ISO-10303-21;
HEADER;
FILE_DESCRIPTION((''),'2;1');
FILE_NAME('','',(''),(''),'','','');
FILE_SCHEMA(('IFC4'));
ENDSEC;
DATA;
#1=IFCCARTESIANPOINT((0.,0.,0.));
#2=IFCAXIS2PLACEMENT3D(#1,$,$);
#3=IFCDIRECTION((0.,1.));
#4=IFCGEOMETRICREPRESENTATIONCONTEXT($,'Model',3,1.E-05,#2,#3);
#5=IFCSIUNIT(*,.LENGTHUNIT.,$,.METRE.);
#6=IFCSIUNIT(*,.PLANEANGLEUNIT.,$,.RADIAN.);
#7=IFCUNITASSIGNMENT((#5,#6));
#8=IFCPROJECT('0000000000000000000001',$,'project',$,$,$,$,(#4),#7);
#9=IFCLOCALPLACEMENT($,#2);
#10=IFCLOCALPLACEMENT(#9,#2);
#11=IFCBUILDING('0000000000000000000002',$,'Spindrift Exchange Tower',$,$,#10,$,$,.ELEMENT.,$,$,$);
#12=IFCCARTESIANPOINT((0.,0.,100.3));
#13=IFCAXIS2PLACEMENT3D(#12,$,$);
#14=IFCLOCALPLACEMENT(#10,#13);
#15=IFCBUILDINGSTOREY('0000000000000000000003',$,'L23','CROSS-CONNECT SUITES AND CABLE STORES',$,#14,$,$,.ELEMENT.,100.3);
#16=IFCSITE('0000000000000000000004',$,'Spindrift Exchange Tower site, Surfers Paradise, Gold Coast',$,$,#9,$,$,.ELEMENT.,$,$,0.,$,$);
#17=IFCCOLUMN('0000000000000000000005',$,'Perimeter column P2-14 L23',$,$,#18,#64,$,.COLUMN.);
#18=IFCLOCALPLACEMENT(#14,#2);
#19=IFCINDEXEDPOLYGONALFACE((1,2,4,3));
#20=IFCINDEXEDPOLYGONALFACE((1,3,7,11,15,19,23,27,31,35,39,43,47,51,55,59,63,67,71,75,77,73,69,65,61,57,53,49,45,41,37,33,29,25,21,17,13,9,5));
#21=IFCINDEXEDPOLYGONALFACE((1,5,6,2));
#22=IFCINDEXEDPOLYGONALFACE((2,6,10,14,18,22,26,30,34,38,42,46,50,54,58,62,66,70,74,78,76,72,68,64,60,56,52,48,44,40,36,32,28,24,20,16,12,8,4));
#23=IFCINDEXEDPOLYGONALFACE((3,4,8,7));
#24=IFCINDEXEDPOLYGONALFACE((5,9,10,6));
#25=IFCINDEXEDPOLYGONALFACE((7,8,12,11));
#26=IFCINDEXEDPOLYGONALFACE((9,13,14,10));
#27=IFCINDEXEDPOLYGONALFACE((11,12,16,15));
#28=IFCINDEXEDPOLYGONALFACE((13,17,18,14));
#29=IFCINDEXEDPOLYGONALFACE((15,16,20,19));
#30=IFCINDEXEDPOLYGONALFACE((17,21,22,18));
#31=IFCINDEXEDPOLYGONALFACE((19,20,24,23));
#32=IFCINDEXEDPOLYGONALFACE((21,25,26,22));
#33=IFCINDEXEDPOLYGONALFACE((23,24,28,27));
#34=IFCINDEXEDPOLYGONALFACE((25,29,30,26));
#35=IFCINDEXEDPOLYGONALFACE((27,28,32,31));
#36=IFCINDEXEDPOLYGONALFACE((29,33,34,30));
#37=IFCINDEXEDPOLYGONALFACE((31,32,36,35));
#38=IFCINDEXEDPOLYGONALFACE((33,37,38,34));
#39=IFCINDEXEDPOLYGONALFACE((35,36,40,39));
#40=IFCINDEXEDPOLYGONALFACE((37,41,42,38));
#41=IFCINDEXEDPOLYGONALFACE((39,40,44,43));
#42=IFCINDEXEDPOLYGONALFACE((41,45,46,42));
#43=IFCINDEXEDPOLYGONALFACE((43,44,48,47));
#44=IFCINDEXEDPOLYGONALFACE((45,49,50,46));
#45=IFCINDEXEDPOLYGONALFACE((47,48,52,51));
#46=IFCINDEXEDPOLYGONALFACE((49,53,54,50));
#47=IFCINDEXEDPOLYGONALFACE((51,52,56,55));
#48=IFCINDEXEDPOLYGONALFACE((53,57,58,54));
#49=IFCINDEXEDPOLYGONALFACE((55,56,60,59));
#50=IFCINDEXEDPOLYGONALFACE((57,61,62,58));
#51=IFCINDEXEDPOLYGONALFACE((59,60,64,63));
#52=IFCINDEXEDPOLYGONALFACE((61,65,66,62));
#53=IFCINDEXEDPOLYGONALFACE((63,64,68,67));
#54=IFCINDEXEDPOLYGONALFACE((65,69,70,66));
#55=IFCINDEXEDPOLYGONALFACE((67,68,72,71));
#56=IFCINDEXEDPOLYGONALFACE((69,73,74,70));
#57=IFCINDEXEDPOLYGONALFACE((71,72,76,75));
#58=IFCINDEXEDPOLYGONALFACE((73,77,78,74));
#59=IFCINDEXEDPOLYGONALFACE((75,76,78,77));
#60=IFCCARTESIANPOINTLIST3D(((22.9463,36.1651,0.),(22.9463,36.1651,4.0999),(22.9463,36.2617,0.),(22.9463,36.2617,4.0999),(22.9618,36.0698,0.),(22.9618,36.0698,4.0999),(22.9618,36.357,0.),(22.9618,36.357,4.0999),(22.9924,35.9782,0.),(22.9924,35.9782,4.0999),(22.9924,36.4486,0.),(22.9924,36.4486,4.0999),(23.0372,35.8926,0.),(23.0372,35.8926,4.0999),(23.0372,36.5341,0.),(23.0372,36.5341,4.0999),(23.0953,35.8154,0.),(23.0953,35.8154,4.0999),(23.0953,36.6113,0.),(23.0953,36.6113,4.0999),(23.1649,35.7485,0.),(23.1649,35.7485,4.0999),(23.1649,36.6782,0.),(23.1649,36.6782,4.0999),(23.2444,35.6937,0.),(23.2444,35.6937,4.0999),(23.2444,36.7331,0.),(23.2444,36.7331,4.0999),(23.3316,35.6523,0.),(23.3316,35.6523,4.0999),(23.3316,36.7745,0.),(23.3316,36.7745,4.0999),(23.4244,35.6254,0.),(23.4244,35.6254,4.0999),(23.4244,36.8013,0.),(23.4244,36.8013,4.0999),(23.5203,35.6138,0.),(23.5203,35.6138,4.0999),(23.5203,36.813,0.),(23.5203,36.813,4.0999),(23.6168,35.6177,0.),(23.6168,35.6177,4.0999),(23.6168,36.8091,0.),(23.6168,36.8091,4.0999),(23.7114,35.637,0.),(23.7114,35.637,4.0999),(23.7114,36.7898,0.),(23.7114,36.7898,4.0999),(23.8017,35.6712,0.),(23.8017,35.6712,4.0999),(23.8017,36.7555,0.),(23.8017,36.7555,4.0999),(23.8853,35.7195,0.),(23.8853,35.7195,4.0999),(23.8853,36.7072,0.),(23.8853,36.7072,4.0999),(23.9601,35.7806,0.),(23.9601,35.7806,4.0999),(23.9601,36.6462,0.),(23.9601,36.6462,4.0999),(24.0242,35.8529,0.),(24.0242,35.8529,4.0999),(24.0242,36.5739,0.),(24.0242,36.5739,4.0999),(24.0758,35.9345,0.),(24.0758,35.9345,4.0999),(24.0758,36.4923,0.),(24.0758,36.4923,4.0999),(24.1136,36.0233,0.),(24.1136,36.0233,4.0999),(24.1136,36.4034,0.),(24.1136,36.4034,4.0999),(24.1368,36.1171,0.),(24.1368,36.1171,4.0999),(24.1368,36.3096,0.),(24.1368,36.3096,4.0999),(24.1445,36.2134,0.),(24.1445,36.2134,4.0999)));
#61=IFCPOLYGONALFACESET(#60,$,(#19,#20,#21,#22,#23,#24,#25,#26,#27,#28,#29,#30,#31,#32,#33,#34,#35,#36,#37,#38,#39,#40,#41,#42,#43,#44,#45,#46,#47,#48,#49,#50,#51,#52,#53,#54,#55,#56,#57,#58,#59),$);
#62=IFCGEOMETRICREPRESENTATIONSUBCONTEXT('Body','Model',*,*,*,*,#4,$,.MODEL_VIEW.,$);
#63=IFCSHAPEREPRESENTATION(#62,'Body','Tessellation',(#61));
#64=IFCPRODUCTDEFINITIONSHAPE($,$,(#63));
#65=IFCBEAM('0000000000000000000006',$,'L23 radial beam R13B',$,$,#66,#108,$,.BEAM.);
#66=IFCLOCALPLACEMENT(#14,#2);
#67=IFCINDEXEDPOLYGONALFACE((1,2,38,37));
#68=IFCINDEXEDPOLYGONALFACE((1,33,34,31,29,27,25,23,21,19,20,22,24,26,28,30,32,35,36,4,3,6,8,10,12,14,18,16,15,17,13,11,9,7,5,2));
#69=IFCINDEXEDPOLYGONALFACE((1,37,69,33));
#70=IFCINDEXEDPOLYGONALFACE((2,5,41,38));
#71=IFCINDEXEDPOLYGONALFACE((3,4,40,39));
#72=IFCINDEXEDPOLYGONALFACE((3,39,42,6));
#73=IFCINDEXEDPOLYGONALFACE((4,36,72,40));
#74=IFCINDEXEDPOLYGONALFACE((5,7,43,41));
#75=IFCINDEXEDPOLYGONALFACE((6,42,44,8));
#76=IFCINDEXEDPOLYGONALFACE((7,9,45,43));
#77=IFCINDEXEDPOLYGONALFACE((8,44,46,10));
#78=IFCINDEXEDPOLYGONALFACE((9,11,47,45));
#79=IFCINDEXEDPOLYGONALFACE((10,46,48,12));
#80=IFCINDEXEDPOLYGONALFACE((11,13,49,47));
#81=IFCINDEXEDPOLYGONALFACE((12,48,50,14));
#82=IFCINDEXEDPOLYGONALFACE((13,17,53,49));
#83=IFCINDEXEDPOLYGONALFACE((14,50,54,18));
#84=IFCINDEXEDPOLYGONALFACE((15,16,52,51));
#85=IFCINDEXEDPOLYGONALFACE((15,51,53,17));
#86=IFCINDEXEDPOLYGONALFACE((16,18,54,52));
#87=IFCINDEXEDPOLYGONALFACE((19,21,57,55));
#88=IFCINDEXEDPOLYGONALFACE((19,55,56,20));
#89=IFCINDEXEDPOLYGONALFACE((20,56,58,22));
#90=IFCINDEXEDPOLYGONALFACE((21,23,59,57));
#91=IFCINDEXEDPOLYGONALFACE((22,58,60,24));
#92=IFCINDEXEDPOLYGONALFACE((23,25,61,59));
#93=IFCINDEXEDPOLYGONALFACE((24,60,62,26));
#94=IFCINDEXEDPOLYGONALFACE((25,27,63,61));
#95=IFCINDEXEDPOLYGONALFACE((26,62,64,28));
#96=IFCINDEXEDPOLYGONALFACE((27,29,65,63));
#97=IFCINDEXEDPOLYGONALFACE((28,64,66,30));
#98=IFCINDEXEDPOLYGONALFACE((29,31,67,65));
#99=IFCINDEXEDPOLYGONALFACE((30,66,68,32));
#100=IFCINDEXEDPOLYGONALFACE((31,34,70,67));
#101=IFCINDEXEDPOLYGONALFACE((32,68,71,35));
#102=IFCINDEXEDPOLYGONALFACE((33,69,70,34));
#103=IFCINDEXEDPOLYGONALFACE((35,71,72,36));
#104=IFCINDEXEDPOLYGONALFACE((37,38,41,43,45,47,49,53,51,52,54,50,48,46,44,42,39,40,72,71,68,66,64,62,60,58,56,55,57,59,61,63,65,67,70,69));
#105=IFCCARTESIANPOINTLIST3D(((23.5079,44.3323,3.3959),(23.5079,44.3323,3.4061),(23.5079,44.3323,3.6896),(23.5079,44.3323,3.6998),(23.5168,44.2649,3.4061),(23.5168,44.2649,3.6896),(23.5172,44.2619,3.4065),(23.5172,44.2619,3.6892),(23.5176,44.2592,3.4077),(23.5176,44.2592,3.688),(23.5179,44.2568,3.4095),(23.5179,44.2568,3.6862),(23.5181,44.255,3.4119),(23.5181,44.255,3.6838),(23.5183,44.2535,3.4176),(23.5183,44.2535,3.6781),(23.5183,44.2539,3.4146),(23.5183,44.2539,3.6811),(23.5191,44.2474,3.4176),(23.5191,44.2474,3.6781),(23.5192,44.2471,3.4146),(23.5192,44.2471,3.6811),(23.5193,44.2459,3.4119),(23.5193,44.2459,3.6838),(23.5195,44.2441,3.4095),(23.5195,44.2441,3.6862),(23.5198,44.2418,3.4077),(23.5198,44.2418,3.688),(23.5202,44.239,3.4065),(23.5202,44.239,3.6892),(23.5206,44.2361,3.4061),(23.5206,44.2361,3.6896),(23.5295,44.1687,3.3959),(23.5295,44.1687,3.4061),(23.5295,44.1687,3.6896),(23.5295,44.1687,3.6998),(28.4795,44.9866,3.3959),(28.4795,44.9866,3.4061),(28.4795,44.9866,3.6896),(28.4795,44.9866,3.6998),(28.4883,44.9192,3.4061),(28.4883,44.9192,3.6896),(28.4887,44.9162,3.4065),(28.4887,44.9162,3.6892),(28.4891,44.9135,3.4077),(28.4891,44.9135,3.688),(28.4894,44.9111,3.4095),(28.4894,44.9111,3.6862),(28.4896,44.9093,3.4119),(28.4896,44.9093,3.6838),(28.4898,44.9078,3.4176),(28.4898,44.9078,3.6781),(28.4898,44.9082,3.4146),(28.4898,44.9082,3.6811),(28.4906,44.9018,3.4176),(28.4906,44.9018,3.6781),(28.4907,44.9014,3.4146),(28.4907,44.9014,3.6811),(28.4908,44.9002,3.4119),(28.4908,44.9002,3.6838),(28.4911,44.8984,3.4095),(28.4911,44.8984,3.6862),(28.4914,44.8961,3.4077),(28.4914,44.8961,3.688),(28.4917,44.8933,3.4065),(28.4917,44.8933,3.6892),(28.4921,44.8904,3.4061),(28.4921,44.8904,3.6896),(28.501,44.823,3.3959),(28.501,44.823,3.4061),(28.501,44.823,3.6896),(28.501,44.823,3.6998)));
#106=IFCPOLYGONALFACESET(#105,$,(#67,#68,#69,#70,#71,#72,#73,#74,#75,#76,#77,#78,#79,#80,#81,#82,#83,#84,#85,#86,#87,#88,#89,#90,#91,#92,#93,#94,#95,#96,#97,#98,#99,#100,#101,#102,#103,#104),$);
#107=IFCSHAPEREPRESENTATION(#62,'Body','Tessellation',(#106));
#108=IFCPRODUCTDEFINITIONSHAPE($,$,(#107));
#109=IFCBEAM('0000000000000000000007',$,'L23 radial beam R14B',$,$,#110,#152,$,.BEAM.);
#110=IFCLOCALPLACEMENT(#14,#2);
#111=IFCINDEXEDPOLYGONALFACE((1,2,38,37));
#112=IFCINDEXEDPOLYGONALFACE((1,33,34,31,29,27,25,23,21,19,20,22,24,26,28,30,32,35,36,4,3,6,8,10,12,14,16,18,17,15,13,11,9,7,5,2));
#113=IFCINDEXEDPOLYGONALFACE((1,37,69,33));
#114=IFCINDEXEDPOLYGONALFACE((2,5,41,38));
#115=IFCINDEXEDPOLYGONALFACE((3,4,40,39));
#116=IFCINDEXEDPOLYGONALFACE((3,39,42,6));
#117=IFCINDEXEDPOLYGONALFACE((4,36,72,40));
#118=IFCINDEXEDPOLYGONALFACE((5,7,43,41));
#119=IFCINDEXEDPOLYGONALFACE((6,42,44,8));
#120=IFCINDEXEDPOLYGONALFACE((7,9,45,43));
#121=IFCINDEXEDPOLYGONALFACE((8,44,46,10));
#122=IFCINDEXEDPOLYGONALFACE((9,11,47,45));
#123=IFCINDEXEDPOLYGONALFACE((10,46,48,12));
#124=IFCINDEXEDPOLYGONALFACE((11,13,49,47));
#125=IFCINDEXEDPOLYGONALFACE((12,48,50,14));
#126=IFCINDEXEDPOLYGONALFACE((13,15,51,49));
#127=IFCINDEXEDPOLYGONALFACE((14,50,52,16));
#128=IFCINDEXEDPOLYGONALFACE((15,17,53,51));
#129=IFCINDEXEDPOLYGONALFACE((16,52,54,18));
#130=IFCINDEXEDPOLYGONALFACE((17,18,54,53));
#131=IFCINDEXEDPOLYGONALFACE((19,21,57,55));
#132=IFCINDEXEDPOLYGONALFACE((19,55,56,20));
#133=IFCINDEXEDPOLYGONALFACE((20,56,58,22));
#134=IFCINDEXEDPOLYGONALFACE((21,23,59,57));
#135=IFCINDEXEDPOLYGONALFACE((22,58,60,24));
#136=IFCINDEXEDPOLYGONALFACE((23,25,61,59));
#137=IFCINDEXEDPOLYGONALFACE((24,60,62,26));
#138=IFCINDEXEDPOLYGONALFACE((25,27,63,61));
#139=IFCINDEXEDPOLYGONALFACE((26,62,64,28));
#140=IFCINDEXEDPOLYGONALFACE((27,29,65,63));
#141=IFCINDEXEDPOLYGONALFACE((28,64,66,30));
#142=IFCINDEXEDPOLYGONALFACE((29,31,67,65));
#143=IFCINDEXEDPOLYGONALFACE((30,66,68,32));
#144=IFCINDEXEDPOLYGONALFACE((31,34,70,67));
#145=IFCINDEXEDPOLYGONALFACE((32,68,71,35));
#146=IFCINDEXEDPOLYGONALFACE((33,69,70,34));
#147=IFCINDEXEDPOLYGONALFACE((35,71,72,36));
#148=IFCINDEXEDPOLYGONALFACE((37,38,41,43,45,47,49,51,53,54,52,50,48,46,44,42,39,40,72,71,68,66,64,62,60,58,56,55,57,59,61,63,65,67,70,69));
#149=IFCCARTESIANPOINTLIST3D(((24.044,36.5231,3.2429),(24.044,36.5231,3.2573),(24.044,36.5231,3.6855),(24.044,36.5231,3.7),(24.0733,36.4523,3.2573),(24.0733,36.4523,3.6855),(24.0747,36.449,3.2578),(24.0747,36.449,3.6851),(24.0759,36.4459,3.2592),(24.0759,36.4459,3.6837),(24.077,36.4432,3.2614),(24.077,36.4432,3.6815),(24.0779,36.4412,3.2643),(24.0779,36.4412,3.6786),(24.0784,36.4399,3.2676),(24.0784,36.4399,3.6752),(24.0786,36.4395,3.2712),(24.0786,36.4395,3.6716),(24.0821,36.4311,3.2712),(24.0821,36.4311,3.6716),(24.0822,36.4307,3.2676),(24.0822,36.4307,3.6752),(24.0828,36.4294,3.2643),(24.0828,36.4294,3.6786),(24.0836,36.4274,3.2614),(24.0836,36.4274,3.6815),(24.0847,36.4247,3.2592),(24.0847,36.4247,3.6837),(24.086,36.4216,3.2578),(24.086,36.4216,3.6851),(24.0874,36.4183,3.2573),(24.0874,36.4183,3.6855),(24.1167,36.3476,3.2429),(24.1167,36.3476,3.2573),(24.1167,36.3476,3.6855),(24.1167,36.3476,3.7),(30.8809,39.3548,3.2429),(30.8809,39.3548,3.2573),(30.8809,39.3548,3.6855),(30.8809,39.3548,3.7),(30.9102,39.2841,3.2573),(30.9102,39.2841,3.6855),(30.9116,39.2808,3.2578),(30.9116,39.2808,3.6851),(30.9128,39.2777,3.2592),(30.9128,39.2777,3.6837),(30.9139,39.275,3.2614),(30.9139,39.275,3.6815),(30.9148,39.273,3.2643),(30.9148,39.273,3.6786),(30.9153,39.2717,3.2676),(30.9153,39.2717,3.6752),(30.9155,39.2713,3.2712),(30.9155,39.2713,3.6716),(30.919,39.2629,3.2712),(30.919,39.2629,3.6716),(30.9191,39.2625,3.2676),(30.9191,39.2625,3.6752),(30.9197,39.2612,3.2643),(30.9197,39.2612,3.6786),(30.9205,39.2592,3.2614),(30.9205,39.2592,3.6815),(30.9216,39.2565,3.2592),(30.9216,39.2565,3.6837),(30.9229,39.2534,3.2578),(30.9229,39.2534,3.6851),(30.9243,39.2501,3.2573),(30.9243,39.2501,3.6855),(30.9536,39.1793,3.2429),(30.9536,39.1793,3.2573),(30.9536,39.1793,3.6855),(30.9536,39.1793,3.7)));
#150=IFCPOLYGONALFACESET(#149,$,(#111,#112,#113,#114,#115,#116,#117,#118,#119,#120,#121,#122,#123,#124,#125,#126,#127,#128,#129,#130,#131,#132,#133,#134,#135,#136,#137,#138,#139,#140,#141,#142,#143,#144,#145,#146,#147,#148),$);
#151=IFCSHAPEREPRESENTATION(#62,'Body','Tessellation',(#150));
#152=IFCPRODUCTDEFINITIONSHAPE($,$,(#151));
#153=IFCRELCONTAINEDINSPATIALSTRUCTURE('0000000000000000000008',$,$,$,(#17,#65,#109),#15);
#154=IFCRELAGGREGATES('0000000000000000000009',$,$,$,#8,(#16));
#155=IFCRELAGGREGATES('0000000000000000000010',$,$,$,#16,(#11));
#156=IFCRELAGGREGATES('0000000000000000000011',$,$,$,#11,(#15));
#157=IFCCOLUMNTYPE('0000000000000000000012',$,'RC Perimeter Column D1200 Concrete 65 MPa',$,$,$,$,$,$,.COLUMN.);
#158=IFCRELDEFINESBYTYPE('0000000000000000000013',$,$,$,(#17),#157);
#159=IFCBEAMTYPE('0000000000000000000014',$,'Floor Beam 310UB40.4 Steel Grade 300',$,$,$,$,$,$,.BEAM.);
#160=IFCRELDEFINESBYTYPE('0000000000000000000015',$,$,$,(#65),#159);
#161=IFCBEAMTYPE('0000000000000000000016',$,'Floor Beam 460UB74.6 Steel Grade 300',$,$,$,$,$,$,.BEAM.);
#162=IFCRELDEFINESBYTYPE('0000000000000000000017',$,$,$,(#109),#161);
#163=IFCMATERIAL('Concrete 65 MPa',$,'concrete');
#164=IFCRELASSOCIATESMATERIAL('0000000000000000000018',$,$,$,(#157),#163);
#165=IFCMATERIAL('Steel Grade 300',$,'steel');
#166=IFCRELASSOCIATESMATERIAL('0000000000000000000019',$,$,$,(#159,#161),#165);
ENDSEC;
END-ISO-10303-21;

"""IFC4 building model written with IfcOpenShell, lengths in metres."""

from ifc_helpers import new_model, si_unit, direction, frame, origin, origin_2d, place, context, subcontext, project, spatial, circle, i_section, extrude, source, transform, mapped, material, material_profile, profile_set, type_object, element, save


model = new_model("IFC4")

# Units and contexts
model_context = context("Model", 3, precision=1e-05, world=origin(), true_north=direction((0.0, 1.0)))
body_context = subcontext(model_context, "Body", "Model", "MODEL_VIEW")
ifc_project = project(units=[si_unit("LENGTHUNIT", "METRE"), si_unit("PLANEANGLEUNIT", "RADIAN")], contexts=[model_context])

# Site, building, storey
site_placement = place(None, origin())
site = spatial("IfcSite", under=ifc_project, at=site_placement, Name="Spindrift Exchange Tower site, Surfers Paradise, Gold Coast", CompositionType="ELEMENT", RefElevation=0.0)
building_placement = place(site_placement, origin())
building = spatial("IfcBuilding", under=site, at=building_placement, Name="Spindrift Exchange Tower", CompositionType="ELEMENT")
storey_placement = place(building_placement, frame((0.0, 0.0, 100.3)))
storey = spatial("IfcBuildingStorey", under=building, at=storey_placement, Name="L23", Description="CROSS-CONNECT SUITES AND CABLE STORES", CompositionType="ELEMENT", Elevation=100.3)

# Column
ifc_material_1 = material(Name="Concrete 65 MPa", Category="concrete")
ifc_material_profile_1 = material_profile(ifc_material_1, circle(Radius=0.6001, at=origin_2d()), Name="RC D1200")
ifc_profile_set_1 = profile_set([ifc_material_profile_1], Name="Concrete 65 MPa")
column_type_1 = type_object("IfcColumnType", Name="RC Perimeter Column D1200 Concrete 65 MPa", PredefinedType="COLUMN", material=ifc_profile_set_1)
shared_shape_1 = source(origin(), body_context, "Body", "SweptSolid", [
    extrude(circle(Radius=0.6001, at=origin_2d()), origin(), (0.0, 0.0, 1.0), 4.0999),
])
for number, where, z_axis, x_axis, name in (
    (1, (23.5444, 36.2134, 0.0), (0.0, 0.0, 1.0), (1.0, 0.0, 0.0), "Perimeter column P2-14 L23"),
):
    element("IfcColumn", number, at=place(storey_placement, frame(where, z_axis=z_axis, x_axis=x_axis)), inside=storey, type_object=column_type_1, Name=name, PredefinedType="COLUMN", context=body_context, shape_type="MappedRepresentation", body=[
        mapped(shared_shape_1, transform((0.0, 0.0, 0.0), scale=1.0)),
    ])

# Beams
ifc_material_2 = material(Name="Steel Grade 300", Category="steel")
ifc_material_profile_2 = material_profile(ifc_material_2, i_section(OverallWidth=0.165, OverallDepth=0.304, WebThickness=0.0061, FlangeThickness=0.0103, FilletRadius=0.0115, at=origin_2d()), Name="310UB40.4")
ifc_profile_set_2 = profile_set([ifc_material_profile_2], Name="Steel Grade 300")
beam_type_1 = type_object("IfcBeamType", Name="Floor Beam 310UB40.4 Steel Grade 300", PredefinedType="BEAM", material=ifc_profile_set_2)
shared_shape_2 = source(origin(), body_context, "Body", "SweptSolid", [
    extrude(i_section(OverallWidth=0.165, OverallDepth=0.304, WebThickness=0.0061, FlangeThickness=0.0103, FilletRadius=0.0115, at=origin_2d()), origin(), (0.0, 0.0, 1.0), 5.0144),
])
beam_1_placement = place(storey_placement, frame((28.4902, 44.9048, 3.5479), z_axis=(-0.99145, -0.130486, 0.0), x_axis=(0.130486, -0.99145, 0.0)))
element("IfcBeam", 2, at=beam_1_placement, inside=storey, type_object=beam_type_1, Name="L23 radial beam R13B", PredefinedType="BEAM", context=body_context, shape_type="MappedRepresentation", body=[
    mapped(shared_shape_2, transform((0.0, 0.0, 0.0), scale=1.0)),
])
ifc_material_profile_3 = material_profile(ifc_material_2, i_section(OverallWidth=0.1899, OverallDepth=0.457, WebThickness=0.009, FlangeThickness=0.0144, FilletRadius=0.0139, at=origin_2d()), Name="460UB74.6")
ifc_profile_set_3 = profile_set([ifc_material_profile_3], Name="Steel Grade 300")
beam_type_2 = type_object("IfcBeamType", Name="Floor Beam 460UB74.6 Steel Grade 300", PredefinedType="BEAM", material=ifc_profile_set_3)
shared_shape_3 = source(origin(), body_context, "Body", "SweptSolid", [
    extrude(i_section(OverallWidth=0.1899, OverallDepth=0.457, WebThickness=0.009, FlangeThickness=0.0144, FilletRadius=0.0139, at=origin_2d()), origin(), (0.0, 0.0, 1.0), 7.4001),
])
beam_2_placement = place(storey_placement, frame((30.9172, 39.2671, 3.4714), z_axis=(-0.923887, -0.382666, 0.0), x_axis=(0.382666, -0.923887, 0.0)))
element("IfcBeam", 3, at=beam_2_placement, inside=storey, type_object=beam_type_2, Name="L23 radial beam R14B", PredefinedType="BEAM", context=body_context, shape_type="MappedRepresentation", body=[
    mapped(shared_shape_3, transform((0.0, 0.0, 0.0), scale=1.0)),
])

save(model, "model.ifc")
